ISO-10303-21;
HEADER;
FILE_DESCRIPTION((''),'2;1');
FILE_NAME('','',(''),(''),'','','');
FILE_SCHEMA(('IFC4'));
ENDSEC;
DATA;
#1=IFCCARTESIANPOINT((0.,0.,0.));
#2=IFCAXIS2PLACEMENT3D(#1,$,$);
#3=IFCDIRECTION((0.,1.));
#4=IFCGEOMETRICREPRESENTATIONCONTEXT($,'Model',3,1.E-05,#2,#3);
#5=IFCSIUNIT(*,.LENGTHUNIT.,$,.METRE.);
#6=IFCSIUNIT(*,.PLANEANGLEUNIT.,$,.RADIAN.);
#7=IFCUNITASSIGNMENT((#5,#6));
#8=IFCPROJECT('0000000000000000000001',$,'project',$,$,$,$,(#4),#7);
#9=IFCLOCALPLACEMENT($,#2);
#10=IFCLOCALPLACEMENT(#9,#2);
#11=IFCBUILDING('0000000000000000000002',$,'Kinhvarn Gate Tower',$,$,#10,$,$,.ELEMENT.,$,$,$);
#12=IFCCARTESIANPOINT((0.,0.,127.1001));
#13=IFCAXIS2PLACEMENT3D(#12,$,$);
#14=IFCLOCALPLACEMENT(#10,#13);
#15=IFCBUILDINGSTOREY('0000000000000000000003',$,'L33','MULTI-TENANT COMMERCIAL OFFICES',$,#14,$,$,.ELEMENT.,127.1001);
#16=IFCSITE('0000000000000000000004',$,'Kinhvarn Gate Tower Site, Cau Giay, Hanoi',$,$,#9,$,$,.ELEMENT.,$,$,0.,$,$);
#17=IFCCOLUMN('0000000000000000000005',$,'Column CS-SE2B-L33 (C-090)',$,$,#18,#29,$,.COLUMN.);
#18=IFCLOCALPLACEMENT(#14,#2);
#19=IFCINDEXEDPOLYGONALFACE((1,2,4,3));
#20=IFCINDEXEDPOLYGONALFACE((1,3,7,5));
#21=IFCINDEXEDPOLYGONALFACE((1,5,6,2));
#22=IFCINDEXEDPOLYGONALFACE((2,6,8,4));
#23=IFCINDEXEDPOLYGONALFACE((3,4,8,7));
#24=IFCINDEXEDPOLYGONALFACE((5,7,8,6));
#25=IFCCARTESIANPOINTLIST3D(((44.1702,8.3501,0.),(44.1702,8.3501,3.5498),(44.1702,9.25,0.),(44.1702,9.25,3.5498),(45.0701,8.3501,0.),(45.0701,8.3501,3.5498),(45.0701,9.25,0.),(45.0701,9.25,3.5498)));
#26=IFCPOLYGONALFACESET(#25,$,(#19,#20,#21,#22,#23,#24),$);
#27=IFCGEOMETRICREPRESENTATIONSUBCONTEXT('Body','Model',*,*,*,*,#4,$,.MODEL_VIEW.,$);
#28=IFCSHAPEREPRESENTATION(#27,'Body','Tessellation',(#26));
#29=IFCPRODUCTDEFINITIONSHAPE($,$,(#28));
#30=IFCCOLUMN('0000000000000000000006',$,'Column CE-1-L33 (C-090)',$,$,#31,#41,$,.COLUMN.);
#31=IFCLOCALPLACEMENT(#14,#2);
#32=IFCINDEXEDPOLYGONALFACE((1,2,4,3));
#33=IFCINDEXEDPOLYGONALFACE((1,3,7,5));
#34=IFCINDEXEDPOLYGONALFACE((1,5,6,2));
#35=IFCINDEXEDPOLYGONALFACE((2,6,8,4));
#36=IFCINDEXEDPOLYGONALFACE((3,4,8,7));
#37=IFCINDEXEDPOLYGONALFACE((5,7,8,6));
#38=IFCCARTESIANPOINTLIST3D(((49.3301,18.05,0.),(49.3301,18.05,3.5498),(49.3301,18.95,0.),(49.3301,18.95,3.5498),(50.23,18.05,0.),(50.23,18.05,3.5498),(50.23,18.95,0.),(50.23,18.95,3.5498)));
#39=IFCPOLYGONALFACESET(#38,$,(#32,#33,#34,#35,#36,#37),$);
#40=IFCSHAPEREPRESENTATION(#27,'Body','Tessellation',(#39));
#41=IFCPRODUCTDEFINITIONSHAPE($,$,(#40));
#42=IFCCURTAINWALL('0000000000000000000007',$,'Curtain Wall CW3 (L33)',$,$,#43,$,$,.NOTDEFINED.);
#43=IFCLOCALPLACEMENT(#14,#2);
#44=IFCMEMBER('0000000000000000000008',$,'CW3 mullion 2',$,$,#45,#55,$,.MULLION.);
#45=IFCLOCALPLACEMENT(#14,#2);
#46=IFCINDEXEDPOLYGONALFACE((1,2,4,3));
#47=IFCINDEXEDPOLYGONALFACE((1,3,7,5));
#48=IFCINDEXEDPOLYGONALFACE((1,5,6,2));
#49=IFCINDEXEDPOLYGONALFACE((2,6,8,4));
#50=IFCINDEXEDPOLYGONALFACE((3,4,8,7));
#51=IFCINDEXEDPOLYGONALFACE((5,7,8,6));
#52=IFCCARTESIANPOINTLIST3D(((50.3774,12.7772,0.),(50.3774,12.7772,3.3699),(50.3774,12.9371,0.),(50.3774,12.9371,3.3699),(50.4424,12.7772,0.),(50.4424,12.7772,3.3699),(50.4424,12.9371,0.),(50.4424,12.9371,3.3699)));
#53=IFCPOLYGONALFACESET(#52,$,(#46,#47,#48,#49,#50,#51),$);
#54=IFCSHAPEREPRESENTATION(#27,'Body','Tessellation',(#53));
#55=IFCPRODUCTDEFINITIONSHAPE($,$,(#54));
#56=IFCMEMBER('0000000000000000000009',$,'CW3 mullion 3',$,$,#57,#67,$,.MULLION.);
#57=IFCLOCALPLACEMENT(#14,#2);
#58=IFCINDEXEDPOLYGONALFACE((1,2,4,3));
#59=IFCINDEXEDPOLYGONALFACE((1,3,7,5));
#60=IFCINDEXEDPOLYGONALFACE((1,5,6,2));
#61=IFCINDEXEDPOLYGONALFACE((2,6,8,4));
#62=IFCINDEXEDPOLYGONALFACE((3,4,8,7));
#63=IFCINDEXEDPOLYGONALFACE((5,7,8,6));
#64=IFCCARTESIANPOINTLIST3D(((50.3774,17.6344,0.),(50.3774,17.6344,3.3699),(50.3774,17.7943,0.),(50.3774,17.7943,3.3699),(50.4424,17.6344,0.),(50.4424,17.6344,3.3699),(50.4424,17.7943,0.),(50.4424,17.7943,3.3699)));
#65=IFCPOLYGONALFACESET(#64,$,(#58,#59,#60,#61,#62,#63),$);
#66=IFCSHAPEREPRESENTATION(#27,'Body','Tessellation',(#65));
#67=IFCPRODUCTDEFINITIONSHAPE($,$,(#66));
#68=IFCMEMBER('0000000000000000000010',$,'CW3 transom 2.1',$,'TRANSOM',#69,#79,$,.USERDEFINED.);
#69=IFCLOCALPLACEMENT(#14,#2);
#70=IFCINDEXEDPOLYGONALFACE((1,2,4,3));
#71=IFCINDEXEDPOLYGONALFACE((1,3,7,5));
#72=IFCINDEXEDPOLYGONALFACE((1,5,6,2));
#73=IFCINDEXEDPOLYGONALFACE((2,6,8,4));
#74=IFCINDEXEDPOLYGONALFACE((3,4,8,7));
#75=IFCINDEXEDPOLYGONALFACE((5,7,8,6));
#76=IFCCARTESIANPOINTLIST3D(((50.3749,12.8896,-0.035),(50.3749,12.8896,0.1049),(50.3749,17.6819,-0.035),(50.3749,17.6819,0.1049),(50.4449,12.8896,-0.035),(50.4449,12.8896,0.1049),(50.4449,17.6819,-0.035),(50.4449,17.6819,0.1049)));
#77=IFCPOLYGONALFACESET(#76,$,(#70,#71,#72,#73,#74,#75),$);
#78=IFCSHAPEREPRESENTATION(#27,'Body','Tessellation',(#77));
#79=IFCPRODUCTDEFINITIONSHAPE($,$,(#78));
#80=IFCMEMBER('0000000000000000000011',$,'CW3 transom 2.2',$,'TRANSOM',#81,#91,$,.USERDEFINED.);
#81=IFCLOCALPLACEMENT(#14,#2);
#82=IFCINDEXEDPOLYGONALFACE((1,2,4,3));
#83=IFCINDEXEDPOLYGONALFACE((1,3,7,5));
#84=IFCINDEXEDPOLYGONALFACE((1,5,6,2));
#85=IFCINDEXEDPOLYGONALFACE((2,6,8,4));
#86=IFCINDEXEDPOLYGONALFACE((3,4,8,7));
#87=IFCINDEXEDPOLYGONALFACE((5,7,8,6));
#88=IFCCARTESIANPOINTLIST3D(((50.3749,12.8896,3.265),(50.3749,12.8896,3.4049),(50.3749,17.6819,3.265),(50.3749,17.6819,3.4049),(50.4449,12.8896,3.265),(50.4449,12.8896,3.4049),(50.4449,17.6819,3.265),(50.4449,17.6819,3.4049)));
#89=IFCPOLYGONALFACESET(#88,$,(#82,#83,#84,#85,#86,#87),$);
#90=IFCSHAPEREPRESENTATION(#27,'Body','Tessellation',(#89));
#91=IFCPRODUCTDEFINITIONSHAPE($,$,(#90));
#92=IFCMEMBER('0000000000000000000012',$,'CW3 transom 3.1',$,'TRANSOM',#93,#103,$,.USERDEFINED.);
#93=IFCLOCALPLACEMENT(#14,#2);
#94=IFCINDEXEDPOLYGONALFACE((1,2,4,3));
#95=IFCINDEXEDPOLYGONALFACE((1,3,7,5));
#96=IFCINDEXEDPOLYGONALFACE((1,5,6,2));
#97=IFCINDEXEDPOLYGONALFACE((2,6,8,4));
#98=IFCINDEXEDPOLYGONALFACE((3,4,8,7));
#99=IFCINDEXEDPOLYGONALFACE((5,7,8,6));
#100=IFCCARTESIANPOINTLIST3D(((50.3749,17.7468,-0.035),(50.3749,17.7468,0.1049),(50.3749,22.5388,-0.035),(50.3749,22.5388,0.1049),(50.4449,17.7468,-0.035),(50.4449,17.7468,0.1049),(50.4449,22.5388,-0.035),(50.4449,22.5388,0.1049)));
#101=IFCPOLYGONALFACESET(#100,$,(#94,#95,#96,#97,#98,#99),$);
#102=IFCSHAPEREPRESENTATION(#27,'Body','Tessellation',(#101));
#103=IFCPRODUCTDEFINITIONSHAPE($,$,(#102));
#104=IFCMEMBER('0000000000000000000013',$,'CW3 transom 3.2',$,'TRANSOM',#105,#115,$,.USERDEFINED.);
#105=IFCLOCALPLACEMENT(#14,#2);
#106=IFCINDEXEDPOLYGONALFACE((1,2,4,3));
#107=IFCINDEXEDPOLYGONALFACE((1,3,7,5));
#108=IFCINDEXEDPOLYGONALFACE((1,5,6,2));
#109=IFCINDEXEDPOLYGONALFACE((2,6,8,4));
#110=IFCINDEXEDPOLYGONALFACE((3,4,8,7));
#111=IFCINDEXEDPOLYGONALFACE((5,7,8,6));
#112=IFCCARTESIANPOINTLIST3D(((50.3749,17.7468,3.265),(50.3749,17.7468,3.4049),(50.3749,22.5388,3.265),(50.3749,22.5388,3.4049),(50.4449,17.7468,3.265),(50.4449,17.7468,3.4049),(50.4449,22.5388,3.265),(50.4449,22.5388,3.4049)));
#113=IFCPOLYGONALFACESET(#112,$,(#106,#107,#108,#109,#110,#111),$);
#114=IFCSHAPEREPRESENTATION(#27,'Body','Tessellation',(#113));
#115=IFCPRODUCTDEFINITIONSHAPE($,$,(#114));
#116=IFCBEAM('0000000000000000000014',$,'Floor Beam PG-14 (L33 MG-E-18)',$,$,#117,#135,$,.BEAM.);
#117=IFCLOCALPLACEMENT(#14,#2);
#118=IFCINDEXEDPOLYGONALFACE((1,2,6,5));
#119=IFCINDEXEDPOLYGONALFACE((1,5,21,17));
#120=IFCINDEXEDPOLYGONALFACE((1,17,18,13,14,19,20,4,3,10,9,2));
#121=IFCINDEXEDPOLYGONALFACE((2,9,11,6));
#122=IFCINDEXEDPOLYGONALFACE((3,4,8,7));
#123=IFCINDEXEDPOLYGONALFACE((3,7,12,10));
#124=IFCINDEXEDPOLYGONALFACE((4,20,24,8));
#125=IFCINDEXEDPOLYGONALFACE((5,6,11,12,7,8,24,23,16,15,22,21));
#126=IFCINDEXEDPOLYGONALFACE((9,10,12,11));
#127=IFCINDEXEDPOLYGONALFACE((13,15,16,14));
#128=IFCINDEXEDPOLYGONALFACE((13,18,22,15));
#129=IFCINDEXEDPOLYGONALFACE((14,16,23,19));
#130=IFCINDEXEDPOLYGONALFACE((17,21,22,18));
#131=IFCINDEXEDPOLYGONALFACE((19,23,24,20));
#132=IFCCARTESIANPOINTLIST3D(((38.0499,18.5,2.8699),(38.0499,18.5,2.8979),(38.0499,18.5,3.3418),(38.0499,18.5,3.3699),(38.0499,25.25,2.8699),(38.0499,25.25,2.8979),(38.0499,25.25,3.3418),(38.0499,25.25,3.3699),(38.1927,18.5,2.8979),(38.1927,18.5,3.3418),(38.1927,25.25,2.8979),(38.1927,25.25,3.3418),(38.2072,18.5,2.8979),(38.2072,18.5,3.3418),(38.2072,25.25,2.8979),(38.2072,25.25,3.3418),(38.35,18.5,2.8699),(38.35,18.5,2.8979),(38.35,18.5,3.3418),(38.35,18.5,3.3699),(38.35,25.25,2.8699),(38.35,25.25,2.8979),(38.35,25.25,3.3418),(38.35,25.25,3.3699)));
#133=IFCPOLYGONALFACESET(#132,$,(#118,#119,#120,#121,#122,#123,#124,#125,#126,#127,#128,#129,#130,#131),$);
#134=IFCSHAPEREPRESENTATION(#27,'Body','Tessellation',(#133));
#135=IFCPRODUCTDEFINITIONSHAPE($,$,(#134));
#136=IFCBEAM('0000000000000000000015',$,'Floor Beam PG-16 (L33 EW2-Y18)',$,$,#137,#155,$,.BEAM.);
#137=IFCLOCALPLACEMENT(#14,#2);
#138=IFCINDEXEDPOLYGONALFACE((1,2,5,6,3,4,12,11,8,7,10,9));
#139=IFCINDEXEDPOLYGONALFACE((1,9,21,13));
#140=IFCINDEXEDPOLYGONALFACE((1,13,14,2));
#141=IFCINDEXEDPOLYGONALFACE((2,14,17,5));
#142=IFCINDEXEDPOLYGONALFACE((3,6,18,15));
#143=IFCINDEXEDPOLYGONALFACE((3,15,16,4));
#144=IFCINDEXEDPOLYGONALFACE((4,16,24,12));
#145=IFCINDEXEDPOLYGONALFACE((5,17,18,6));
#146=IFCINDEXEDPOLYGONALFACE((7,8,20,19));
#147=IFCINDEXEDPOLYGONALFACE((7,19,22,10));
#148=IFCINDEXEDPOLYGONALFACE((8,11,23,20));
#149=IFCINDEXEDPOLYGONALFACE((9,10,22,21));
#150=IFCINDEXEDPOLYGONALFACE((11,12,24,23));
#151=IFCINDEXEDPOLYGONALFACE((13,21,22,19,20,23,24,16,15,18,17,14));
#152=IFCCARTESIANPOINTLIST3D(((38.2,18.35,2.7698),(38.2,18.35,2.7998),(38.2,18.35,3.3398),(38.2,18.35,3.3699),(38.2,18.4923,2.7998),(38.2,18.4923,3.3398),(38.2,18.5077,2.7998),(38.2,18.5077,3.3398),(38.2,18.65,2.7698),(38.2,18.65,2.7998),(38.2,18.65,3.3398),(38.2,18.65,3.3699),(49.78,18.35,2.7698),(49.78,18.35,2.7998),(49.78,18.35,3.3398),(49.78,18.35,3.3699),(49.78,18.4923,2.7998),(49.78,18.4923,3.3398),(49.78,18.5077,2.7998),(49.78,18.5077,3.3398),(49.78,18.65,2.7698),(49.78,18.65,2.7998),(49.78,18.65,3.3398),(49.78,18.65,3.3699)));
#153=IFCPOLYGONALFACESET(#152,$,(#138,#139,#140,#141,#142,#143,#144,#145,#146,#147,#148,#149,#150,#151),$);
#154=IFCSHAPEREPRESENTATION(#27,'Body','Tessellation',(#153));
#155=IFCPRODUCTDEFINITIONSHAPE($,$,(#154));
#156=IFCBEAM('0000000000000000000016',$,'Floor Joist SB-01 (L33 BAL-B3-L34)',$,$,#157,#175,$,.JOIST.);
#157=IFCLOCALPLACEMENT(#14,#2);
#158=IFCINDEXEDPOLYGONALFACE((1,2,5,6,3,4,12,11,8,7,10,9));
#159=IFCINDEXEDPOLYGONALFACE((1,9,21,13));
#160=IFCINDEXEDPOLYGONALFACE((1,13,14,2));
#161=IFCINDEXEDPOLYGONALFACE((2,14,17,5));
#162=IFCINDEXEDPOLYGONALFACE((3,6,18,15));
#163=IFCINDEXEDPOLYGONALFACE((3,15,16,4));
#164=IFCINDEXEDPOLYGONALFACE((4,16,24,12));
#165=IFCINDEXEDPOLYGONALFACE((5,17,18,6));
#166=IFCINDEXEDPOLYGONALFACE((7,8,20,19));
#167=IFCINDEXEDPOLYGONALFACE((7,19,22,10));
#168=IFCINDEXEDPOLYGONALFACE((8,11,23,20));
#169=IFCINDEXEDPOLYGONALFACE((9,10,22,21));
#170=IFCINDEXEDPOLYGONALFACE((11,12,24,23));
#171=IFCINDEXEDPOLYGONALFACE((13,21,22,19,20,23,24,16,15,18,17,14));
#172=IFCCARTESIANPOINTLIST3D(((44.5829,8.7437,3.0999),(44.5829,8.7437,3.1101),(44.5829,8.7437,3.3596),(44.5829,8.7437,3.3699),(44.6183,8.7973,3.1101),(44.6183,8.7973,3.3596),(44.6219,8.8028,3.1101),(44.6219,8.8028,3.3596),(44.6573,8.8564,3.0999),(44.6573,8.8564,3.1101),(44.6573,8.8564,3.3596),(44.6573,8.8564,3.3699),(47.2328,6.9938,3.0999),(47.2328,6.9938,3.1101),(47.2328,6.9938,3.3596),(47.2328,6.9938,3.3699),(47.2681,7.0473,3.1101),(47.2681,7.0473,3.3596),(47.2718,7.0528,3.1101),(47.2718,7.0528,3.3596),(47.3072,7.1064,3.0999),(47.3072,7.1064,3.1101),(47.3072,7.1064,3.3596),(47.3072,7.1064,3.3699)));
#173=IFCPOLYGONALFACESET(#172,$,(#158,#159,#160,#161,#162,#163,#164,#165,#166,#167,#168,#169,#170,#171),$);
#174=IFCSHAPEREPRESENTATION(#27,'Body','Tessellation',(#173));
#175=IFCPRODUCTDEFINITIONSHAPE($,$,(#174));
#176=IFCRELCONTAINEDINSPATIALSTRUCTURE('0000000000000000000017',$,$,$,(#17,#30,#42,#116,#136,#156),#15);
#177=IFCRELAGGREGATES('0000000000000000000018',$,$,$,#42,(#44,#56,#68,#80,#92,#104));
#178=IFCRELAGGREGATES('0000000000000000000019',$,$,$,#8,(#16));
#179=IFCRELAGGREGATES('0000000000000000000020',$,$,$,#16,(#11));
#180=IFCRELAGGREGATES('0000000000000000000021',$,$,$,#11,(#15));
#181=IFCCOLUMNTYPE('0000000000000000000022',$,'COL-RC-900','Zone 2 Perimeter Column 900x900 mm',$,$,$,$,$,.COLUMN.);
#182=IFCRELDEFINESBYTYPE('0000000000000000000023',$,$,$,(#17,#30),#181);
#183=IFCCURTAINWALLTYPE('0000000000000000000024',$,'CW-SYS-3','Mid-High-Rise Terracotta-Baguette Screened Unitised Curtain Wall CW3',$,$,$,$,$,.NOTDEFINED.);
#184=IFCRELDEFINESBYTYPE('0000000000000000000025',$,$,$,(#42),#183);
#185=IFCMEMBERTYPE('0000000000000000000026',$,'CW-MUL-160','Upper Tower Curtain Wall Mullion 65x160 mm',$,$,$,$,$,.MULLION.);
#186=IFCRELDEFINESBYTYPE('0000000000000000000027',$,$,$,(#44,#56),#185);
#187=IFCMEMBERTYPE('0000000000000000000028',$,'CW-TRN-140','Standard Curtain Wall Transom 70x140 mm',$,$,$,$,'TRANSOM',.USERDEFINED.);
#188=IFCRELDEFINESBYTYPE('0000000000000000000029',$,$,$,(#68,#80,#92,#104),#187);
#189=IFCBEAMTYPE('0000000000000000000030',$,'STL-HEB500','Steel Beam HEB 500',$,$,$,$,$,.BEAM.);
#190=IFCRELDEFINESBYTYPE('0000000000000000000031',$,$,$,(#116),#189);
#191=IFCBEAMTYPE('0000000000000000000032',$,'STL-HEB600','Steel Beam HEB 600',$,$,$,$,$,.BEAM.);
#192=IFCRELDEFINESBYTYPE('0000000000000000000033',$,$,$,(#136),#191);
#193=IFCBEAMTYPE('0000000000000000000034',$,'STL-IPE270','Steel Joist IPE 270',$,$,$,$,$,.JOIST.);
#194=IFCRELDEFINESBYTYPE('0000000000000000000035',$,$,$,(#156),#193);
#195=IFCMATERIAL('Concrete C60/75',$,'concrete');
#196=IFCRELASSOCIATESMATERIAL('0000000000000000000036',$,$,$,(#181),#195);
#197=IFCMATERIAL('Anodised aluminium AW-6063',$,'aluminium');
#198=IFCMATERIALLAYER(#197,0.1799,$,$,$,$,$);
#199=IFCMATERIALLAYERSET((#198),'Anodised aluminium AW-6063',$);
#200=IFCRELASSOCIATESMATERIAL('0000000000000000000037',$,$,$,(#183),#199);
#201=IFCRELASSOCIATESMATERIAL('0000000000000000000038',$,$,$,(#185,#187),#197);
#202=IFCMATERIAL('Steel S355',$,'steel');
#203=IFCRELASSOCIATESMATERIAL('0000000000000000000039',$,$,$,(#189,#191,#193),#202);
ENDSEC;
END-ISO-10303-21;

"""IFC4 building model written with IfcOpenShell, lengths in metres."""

from ifc_helpers import new_model, si_unit, direction, frame, origin, origin_2d, place, context, subcontext, project, spatial, rectangle, i_section, extrude, material, layer, layer_set, material_profile, profile_set, type_object, element, aggregate, save


model = new_model("IFC4")

# Units and contexts
model_context = context("Model", 3, precision=1e-05, world=origin(), true_north=direction((0.0, 1.0)))
body_context = subcontext(model_context, "Body", "Model", "MODEL_VIEW")
ifc_project = project(units=[si_unit("LENGTHUNIT", "METRE"), si_unit("PLANEANGLEUNIT", "RADIAN")], contexts=[model_context])

# Site, building, storey
site_placement = place(None, origin())
site = spatial("IfcSite", under=ifc_project, at=site_placement, Name="Kinhvarn Gate Tower Site, Cau Giay, Hanoi", CompositionType="ELEMENT", RefElevation=0.0)
building_placement = place(site_placement, origin())
building = spatial("IfcBuilding", under=site, at=building_placement, Name="Kinhvarn Gate Tower", CompositionType="ELEMENT")
storey_placement = place(building_placement, frame((0.0, 0.0, 127.1001)))
storey = spatial("IfcBuildingStorey", under=building, at=storey_placement, Name="L33", Description="MULTI-TENANT COMMERCIAL OFFICES", CompositionType="ELEMENT", Elevation=127.1001)

# Columns
ifc_material_1 = material(Name="Concrete C60/75", Category="concrete")
ifc_material_profile_1 = material_profile(ifc_material_1, rectangle(XDim=0.8999, YDim=0.8999, at=origin_2d()), Name="RC 900x900")
ifc_profile_set_1 = profile_set([ifc_material_profile_1], Name="Concrete C60/75")
column_type = type_object("IfcColumnType", Name="COL-RC-900", Description="Zone 2 Perimeter Column 900x900 mm", PredefinedType="COLUMN", material=ifc_profile_set_1)
for number, where, z_axis, x_axis, name in (
    (1, (44.6201, 8.8, 0.0), (0.0, 0.0, 1.0), (1.0, 0.0, 0.0), "Column CS-SE2B-L33 (C-090)"),
    (2, (49.78, 18.5, 0.0), (0.0, 0.0, 1.0), (1.0, 0.0, 0.0), "Column CE-1-L33 (C-090)"),
):
    element("IfcColumn", number, at=place(storey_placement, frame(where, z_axis=z_axis, x_axis=x_axis)), inside=storey, type_object=column_type, Name=name, PredefinedType="COLUMN", context=body_context, shape_type="SweptSolid", body=[
        extrude(rectangle(XDim=0.8999, YDim=0.8999, at=origin_2d()), origin(), (0.0, 0.0, 1.0), 3.5498),
    ])

# Curtain wall, members
ifc_material_2 = material(Name="Anodised aluminium AW-6063", Category="aluminium")
ifc_layer_1 = layer(ifc_material_2, 0.1799)
ifc_layer_set_1 = layer_set([ifc_layer_1], Name="Anodised aluminium AW-6063")
curtain_wall_type = type_object("IfcCurtainWallType", Name="CW-SYS-3", Description="Mid-High-Rise Terracotta-Baguette Screened Unitised Curtain Wall CW3", PredefinedType="NOTDEFINED", material=ifc_layer_set_1)
curtain_wall_placement = place(storey_placement, origin())
curtain_wall = element("IfcCurtainWall", 3, at=curtain_wall_placement, inside=storey, type_object=curtain_wall_type, Name="Curtain Wall CW3 (L33)", PredefinedType="NOTDEFINED")
ifc_material_profile_2 = material_profile(ifc_material_2, rectangle(XDim=0.0649, YDim=0.1599, at=origin_2d()), Name="ALU 65x160")
ifc_profile_set_2 = profile_set([ifc_material_profile_2], Name="Anodised aluminium AW-6063")
member_type_1 = type_object("IfcMemberType", Name="CW-MUL-160", Description="Upper Tower Curtain Wall Mullion 65x160 mm", PredefinedType="MULLION", material=ifc_profile_set_2)
member_1_placement = place(storey_placement, frame((50.4099, 12.8572, 0.0), z_axis=(0.0, 0.0, 1.0), x_axis=(-1.0, 0.0, 0.0)))
member_1 = element("IfcMember", 4, at=member_1_placement, type_object=member_type_1, Name="CW3 mullion 2", PredefinedType="MULLION", context=body_context, shape_type="SweptSolid", body=[
    extrude(rectangle(XDim=0.0649, YDim=0.1599, at=origin_2d()), origin(), (0.0, 0.0, 1.0), 3.3699),
])
member_2_placement = place(storey_placement, frame((50.4099, 17.7144, 0.0), z_axis=(0.0, 0.0, 1.0), x_axis=(-1.0, 0.0, 0.0)))
member_2 = element("IfcMember", 5, at=member_2_placement, type_object=member_type_1, Name="CW3 mullion 3", PredefinedType="MULLION", context=body_context, shape_type="SweptSolid", body=[
    extrude(rectangle(XDim=0.0649, YDim=0.1599, at=origin_2d()), origin(), (0.0, 0.0, 1.0), 3.3699),
])
ifc_material_profile_3 = material_profile(ifc_material_2, rectangle(XDim=0.0701, YDim=0.1399, at=origin_2d()), Name="ALU 70x140")
ifc_profile_set_3 = profile_set([ifc_material_profile_3], Name="Anodised aluminium AW-6063")
member_type_2 = type_object("IfcMemberType", Name="CW-TRN-140", Description="Standard Curtain Wall Transom 70x140 mm", ElementType="TRANSOM", PredefinedType="USERDEFINED", material=ifc_profile_set_3)
member_3_placement = place(storey_placement, frame((50.4099, 12.8896, 0.0349), z_axis=(0.0, 1.0, 0.0), x_axis=(-1.0, 0.0, 0.0)))
member_3 = element("IfcMember", 6, at=member_3_placement, type_object=member_type_2, Name="CW3 transom 2.1", ObjectType="TRANSOM", PredefinedType="USERDEFINED", context=body_context, shape_type="SweptSolid", body=[
    extrude(rectangle(XDim=0.0701, YDim=0.1399, at=origin_2d()), origin(), (0.0, 0.0, 1.0), 4.7922),
])
member_4_placement = place(storey_placement, frame((50.4099, 12.8896, 3.335), z_axis=(0.0, 1.0, 0.0), x_axis=(-1.0, 0.0, 0.0)))
member_4 = element("IfcMember", 7, at=member_4_placement, type_object=member_type_2, Name="CW3 transom 2.2", ObjectType="TRANSOM", PredefinedType="USERDEFINED", context=body_context, shape_type="SweptSolid", body=[
    extrude(rectangle(XDim=0.0701, YDim=0.1399, at=origin_2d()), origin(), (0.0, 0.0, 1.0), 4.7922),
])
member_5_placement = place(storey_placement, frame((50.4099, 17.7468, 0.0349), z_axis=(0.0, 1.0, 0.0), x_axis=(-1.0, 0.0, 0.0)))
member_5 = element("IfcMember", 8, at=member_5_placement, type_object=member_type_2, Name="CW3 transom 3.1", ObjectType="TRANSOM", PredefinedType="USERDEFINED", context=body_context, shape_type="SweptSolid", body=[
    extrude(rectangle(XDim=0.0701, YDim=0.1399, at=origin_2d()), origin(), (0.0, 0.0, 1.0), 4.792),
])
member_6_placement = place(storey_placement, frame((50.4099, 17.7468, 3.335), z_axis=(0.0, 1.0, 0.0), x_axis=(-1.0, 0.0, 0.0)))
member_6 = element("IfcMember", 9, at=member_6_placement, type_object=member_type_2, Name="CW3 transom 3.2", ObjectType="TRANSOM", PredefinedType="USERDEFINED", context=body_context, shape_type="SweptSolid", body=[
    extrude(rectangle(XDim=0.0701, YDim=0.1399, at=origin_2d()), origin(), (0.0, 0.0, 1.0), 4.792),
])

# Beams
ifc_material_3 = material(Name="Steel S355", Category="steel")
ifc_material_profile_4 = material_profile(ifc_material_3, i_section(OverallWidth=0.3, OverallDepth=0.5, WebThickness=0.0144, FlangeThickness=0.0281, at=origin_2d()), Name="HEB 500")
ifc_profile_set_4 = profile_set([ifc_material_profile_4], Name="Steel S355")
beam_type_1 = type_object("IfcBeamType", Name="STL-HEB500", Description="Steel Beam HEB 500", PredefinedType="BEAM", material=ifc_profile_set_4)
beam_1_placement = place(storey_placement, frame((38.2, 18.5, 3.1199), z_axis=(0.0, 1.0, 0.0), x_axis=(-1.0, 0.0, 0.0)))
element("IfcBeam", 10, at=beam_1_placement, inside=storey, type_object=beam_type_1, Name="Floor Beam PG-14 (L33 MG-E-18)", PredefinedType="BEAM", context=body_context, shape_type="SweptSolid", body=[
    extrude(i_section(OverallWidth=0.3, OverallDepth=0.5, WebThickness=0.0144, FlangeThickness=0.0281, at=origin_2d()), origin(), (0.0, 0.0, 1.0), 6.75),
])
ifc_material_profile_5 = material_profile(ifc_material_3, i_section(OverallWidth=0.3, OverallDepth=0.6001, WebThickness=0.0154, FlangeThickness=0.03, at=origin_2d()), Name="HEB 600")
ifc_profile_set_5 = profile_set([ifc_material_profile_5], Name="Steel S355")
beam_type_2 = type_object("IfcBeamType", Name="STL-HEB600", Description="Steel Beam HEB 600", PredefinedType="BEAM", material=ifc_profile_set_5)
beam_2_placement = place(storey_placement, frame((38.2, 18.5, 3.0698), z_axis=(1.0, 0.0, 0.0), x_axis=(0.0, 1.0, 0.0)))
element("IfcBeam", 11, at=beam_2_placement, inside=storey, type_object=beam_type_2, Name="Floor Beam PG-16 (L33 EW2-Y18)", PredefinedType="BEAM", context=body_context, shape_type="SweptSolid", body=[
    extrude(i_section(OverallWidth=0.3, OverallDepth=0.6001, WebThickness=0.0154, FlangeThickness=0.03, at=origin_2d()), origin(), (0.0, 0.0, 1.0), 11.5801),
])
ifc_material_profile_6 = material_profile(ifc_material_3, i_section(OverallWidth=0.135, OverallDepth=0.27, WebThickness=0.0066, FlangeThickness=0.0103, at=origin_2d()), Name="IPE 270")
ifc_profile_set_6 = profile_set([ifc_material_profile_6], Name="Steel S355")
beam_type_3 = type_object("IfcBeamType", Name="STL-IPE270", Description="Steel Joist IPE 270", PredefinedType="JOIST", material=ifc_profile_set_6)
beam_3_placement = place(storey_placement, frame((44.6201, 8.8, 3.2349), z_axis=(0.834455, -0.551076, 0.0), x_axis=(0.551076, 0.834455, 0.0)))
element("IfcBeam", 12, at=beam_3_placement, inside=storey, type_object=beam_type_3, Name="Floor Joist SB-01 (L33 BAL-B3-L34)", PredefinedType="JOIST", context=body_context, shape_type="SweptSolid", body=[
    extrude(i_section(OverallWidth=0.135, OverallDepth=0.27, WebThickness=0.0066, FlangeThickness=0.0103, at=origin_2d()), origin(), (0.0, 0.0, 1.0), 3.1755),
])

aggregate(curtain_wall, [member_1, member_2, member_3, member_4, member_5, member_6])

save(model, "model.ifc")
